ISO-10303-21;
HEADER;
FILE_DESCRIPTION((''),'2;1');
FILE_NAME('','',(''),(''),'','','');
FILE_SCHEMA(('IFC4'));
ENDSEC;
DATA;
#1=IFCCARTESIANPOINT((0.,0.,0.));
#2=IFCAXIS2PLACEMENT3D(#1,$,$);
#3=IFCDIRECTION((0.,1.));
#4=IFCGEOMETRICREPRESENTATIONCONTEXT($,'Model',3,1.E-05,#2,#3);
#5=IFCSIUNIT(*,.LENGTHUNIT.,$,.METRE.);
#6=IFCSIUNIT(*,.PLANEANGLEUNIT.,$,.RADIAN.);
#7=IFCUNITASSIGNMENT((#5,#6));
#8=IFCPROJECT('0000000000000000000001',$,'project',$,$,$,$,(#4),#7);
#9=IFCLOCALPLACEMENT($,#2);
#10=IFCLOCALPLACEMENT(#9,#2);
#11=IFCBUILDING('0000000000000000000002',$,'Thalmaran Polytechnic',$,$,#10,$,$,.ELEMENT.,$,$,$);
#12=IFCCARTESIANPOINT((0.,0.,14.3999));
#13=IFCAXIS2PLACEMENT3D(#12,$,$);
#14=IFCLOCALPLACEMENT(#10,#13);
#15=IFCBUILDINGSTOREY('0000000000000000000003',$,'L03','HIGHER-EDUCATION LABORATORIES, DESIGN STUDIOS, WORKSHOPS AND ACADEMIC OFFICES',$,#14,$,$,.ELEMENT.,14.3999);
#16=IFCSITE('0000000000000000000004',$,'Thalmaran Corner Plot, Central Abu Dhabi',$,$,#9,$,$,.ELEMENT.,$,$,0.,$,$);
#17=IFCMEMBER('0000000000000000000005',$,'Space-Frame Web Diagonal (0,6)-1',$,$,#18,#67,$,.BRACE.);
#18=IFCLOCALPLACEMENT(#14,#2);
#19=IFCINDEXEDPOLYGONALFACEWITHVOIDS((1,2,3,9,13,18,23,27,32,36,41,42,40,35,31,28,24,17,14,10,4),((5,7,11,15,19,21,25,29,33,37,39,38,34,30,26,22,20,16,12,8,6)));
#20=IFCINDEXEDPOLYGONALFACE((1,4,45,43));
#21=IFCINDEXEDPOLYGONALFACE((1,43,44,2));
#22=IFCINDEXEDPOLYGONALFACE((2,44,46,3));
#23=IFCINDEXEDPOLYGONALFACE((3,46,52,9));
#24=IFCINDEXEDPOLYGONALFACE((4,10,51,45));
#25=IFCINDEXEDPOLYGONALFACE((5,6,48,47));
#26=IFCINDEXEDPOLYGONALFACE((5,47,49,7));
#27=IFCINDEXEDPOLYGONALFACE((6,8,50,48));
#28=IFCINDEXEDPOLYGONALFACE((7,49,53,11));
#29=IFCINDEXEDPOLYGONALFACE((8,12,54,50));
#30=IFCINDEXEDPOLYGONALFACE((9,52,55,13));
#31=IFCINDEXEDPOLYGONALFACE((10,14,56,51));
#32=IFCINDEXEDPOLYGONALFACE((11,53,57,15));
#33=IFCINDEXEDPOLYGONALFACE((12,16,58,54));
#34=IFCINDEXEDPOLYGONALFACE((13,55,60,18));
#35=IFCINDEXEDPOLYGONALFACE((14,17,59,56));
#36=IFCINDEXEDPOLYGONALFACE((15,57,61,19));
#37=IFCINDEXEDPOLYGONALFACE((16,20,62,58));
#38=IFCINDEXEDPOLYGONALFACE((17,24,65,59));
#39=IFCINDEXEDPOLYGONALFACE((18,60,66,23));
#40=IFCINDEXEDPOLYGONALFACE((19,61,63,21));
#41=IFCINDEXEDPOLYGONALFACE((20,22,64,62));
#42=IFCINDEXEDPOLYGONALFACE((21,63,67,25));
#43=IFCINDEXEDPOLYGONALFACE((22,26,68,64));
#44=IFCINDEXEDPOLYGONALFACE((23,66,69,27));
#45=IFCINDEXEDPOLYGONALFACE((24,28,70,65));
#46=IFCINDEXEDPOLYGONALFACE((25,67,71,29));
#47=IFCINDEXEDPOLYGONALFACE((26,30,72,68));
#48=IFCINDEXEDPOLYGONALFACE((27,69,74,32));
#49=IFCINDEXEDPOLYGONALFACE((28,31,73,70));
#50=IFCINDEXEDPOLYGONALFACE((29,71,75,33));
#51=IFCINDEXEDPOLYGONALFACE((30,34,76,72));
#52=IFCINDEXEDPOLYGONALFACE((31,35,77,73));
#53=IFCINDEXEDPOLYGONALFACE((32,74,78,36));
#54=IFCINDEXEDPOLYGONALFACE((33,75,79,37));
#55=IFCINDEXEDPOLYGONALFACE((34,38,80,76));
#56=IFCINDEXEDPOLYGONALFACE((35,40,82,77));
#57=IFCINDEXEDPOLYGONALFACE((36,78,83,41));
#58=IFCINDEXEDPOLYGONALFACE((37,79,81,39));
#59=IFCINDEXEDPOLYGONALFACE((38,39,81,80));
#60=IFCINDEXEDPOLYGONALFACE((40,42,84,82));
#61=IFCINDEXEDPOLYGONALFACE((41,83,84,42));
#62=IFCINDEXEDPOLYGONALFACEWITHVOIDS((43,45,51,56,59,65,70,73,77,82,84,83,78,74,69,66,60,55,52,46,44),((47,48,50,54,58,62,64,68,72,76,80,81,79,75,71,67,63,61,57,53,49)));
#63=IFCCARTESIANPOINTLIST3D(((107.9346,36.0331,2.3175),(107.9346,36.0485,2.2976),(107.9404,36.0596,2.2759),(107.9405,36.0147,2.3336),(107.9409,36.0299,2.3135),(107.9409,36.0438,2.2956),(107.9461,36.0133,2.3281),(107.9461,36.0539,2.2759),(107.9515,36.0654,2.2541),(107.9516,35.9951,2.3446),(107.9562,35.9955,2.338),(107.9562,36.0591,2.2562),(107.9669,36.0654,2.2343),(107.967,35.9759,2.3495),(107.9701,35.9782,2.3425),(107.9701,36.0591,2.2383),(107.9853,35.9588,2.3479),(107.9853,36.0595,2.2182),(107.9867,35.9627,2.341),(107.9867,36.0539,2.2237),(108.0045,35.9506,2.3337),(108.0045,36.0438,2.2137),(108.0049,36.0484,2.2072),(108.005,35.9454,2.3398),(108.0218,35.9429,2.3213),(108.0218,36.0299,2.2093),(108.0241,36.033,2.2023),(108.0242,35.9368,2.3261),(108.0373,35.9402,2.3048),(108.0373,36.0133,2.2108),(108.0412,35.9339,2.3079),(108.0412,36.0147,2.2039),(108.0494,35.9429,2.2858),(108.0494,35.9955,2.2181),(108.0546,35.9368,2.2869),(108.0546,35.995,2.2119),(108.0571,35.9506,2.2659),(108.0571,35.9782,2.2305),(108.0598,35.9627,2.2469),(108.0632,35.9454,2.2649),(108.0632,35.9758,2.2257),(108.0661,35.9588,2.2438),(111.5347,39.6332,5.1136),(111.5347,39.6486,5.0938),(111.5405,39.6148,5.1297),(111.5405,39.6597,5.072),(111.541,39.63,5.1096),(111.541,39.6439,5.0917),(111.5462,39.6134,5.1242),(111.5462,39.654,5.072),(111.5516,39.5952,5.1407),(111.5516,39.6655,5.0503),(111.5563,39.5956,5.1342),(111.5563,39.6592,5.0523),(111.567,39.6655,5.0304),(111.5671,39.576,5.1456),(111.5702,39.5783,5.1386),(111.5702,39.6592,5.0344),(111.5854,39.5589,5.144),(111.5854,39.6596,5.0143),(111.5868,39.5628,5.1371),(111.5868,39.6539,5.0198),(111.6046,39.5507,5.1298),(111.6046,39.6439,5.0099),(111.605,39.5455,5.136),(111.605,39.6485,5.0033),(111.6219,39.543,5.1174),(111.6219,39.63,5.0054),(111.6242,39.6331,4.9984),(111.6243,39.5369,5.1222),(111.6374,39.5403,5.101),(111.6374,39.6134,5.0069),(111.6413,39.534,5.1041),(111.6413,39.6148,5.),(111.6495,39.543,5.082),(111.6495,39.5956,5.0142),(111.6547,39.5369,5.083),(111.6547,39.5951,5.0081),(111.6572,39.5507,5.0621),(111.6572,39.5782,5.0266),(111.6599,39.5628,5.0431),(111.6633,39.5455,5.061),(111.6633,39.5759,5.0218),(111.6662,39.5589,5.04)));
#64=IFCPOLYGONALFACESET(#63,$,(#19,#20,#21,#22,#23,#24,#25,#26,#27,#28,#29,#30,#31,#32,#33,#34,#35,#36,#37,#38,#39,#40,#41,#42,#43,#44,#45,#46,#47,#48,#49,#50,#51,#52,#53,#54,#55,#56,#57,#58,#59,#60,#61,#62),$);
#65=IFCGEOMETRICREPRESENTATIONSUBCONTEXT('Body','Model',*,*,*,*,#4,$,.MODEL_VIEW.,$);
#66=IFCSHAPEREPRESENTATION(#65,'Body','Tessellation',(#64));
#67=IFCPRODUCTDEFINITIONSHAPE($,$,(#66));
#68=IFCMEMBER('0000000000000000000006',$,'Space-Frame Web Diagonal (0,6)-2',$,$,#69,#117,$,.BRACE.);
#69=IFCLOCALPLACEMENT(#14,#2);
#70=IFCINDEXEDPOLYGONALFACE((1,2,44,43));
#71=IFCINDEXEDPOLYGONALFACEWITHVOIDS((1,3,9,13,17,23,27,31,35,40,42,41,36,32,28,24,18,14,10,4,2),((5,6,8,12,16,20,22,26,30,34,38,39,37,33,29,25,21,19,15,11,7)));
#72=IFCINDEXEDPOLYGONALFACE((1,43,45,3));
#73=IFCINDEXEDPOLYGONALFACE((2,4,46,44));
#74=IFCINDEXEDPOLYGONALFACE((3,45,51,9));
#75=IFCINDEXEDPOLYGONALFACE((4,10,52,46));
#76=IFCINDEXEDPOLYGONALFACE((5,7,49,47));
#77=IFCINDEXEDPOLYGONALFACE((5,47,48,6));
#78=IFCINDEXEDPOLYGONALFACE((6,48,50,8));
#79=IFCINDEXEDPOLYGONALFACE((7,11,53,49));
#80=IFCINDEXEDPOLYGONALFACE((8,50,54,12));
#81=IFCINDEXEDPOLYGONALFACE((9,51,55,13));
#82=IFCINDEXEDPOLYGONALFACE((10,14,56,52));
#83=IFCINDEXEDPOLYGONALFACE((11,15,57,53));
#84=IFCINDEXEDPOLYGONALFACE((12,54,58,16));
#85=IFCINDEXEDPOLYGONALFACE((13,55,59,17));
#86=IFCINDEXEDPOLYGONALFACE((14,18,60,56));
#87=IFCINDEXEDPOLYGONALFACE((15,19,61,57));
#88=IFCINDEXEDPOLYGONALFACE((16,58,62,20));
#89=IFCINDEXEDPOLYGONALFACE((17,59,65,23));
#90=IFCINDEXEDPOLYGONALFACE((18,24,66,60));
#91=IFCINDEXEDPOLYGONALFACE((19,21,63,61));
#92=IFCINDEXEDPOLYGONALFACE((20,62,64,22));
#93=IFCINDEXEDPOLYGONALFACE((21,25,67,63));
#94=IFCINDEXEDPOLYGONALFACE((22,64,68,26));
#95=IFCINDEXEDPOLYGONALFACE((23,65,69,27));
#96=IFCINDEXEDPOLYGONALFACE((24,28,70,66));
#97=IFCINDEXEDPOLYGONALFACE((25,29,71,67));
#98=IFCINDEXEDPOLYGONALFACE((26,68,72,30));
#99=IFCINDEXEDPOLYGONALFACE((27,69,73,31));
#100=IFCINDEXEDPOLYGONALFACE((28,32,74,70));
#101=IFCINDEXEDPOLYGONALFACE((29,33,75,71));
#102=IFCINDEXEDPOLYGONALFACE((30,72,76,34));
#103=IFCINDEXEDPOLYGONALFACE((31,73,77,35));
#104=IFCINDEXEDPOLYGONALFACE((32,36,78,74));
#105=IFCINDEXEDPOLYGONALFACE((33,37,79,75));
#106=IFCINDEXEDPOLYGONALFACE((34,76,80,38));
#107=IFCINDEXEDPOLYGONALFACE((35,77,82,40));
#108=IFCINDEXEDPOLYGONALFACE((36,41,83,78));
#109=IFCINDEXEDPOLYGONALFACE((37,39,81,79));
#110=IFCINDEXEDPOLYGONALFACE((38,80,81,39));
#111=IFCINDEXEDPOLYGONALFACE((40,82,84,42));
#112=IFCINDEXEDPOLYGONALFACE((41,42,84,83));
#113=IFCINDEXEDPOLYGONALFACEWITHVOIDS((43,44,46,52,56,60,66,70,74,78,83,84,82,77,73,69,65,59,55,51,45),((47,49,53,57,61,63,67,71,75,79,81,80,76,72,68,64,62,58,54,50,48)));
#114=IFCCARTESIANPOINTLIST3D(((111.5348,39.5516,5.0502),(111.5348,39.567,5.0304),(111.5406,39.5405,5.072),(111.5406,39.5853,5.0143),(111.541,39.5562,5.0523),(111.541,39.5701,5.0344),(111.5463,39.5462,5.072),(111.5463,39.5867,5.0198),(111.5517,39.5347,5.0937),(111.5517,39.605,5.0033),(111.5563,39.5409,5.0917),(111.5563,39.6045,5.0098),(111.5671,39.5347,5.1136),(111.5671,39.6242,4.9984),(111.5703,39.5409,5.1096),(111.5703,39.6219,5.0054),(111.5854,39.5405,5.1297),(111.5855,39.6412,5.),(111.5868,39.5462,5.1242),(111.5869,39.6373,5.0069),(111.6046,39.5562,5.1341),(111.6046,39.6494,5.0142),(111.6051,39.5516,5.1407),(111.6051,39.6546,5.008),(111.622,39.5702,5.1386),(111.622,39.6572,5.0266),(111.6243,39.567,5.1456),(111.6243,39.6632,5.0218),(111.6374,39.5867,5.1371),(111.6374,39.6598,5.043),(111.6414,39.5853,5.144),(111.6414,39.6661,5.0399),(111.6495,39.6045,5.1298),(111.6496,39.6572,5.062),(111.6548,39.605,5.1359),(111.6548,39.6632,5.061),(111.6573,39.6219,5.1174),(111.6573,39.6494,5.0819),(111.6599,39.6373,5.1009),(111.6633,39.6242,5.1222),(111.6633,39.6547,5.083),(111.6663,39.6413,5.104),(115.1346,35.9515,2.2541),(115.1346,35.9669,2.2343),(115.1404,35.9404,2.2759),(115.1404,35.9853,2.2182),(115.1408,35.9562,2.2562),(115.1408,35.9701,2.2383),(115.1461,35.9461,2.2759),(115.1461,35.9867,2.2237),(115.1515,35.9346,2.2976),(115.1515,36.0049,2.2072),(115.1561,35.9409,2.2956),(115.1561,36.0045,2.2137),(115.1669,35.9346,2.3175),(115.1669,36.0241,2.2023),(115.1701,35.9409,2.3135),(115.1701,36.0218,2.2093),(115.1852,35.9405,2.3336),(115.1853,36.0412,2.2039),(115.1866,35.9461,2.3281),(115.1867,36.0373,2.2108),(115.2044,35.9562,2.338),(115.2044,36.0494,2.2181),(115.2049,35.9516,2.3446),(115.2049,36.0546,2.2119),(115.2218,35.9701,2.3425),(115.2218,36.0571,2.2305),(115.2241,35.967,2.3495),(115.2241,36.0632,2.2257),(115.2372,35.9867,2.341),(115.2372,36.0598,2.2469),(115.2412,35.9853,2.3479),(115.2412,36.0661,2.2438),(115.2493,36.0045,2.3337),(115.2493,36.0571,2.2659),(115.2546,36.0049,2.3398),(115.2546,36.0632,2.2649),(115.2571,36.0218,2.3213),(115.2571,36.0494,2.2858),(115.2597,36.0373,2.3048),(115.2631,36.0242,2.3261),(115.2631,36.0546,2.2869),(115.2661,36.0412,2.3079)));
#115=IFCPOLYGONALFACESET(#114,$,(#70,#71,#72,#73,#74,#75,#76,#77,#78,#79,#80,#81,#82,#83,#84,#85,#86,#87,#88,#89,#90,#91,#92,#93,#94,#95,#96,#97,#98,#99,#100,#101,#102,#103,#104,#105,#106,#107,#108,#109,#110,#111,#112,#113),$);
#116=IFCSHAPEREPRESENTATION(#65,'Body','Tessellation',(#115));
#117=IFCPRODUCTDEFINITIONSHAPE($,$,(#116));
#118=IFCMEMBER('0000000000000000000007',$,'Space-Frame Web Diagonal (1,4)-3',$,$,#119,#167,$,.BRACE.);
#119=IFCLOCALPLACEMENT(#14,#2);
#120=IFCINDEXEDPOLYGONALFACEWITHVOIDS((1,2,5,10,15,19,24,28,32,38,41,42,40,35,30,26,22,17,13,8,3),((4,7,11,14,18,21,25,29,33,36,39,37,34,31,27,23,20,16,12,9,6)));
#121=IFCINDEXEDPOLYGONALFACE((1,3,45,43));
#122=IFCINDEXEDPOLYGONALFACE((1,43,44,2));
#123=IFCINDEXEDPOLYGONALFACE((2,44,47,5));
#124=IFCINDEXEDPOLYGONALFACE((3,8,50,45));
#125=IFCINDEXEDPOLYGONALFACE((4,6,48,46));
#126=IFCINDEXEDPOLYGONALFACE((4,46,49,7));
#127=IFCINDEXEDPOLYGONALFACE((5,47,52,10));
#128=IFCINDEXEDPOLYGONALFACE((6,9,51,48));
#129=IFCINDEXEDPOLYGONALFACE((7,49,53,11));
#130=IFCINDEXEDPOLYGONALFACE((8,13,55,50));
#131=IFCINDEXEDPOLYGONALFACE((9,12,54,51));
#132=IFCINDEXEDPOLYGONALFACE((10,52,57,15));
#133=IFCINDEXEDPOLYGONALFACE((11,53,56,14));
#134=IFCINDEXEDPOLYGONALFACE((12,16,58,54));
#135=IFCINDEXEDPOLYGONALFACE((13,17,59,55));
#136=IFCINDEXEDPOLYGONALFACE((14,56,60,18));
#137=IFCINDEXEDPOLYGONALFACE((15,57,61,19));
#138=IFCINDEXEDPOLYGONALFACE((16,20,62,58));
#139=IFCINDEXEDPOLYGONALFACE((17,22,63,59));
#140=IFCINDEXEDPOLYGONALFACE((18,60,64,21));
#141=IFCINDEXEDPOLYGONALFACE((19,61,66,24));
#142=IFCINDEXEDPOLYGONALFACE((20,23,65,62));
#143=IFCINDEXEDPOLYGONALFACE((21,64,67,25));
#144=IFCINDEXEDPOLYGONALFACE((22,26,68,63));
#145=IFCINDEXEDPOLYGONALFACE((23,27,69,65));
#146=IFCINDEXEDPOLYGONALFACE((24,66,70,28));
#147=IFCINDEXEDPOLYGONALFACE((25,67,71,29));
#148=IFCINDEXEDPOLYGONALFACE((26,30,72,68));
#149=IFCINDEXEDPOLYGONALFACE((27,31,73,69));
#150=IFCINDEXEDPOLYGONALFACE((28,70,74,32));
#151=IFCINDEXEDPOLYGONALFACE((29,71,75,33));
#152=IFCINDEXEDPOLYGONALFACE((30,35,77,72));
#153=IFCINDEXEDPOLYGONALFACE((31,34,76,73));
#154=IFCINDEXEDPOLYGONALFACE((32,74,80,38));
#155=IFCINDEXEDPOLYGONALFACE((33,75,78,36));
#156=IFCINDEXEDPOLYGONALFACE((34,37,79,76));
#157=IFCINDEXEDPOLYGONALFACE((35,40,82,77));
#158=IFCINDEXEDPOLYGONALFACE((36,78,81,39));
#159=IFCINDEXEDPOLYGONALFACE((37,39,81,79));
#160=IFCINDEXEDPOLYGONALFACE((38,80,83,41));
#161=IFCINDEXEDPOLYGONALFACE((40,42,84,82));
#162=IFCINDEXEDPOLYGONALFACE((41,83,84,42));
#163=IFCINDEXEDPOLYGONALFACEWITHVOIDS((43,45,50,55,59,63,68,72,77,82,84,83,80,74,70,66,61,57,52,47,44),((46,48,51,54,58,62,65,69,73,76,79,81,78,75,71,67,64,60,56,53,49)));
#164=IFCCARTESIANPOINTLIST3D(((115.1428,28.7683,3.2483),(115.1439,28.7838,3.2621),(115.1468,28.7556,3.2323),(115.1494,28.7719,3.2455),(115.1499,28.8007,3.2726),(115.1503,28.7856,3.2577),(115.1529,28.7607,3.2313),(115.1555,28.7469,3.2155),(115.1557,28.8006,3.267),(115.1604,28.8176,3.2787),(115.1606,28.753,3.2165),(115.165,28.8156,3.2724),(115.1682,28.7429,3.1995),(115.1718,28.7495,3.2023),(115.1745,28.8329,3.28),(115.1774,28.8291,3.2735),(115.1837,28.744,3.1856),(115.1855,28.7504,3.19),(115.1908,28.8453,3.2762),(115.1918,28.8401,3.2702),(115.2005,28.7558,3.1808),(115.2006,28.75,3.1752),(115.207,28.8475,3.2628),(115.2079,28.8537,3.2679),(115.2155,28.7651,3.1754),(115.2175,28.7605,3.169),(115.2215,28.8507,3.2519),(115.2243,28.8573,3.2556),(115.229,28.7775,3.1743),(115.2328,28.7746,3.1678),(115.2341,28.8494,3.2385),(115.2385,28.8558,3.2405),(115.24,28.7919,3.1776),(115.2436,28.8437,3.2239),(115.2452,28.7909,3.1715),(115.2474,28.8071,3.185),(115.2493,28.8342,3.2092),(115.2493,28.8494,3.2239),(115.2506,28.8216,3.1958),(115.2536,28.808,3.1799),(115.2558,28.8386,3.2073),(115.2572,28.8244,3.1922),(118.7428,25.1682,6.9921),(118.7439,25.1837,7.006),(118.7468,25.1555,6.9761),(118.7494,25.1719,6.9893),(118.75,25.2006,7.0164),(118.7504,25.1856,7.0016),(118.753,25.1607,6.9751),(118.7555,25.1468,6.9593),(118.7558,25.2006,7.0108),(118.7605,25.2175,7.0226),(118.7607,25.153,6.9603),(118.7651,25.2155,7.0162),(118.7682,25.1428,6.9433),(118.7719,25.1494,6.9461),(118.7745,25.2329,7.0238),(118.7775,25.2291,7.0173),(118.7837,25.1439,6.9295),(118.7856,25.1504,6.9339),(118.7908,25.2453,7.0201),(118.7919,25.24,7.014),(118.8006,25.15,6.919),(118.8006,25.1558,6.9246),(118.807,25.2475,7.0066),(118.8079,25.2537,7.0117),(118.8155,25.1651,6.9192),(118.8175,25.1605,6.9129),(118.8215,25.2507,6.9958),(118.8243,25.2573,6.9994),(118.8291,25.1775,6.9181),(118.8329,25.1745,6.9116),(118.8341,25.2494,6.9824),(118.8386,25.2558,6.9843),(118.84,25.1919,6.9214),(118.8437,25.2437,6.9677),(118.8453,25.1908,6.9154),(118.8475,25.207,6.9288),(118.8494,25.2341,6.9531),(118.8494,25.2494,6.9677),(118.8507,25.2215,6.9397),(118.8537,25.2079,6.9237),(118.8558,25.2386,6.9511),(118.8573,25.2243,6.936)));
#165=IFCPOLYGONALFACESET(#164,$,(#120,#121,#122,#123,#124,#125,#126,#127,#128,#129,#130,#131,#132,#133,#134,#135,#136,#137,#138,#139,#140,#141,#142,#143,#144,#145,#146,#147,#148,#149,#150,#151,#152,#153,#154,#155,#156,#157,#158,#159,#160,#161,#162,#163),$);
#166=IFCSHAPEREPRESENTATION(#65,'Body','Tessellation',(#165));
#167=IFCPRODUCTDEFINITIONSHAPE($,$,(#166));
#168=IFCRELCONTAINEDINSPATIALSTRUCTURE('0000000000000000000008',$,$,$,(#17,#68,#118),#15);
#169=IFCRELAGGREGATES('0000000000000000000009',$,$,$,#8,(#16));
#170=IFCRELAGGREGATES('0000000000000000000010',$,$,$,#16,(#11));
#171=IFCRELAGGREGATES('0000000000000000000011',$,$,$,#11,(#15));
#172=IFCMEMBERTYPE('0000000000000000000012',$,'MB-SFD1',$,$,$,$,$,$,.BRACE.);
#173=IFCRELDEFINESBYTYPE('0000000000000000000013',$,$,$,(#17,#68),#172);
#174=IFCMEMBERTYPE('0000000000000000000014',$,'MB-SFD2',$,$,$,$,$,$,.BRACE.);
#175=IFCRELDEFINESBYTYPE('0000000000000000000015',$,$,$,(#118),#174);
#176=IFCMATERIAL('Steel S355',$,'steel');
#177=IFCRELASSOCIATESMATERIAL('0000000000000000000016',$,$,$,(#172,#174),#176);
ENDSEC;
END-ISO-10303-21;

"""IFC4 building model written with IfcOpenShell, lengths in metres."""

from ifc_helpers import new_model, si_unit, direction, frame, origin, origin_2d, place, context, subcontext, project, spatial, hollow_circle, extrude, material, material_profile, profile_set, type_object, element, save


model = new_model("IFC4")

# Units and contexts
model_context = context("Model", 3, precision=1e-05, world=origin(), true_north=direction((0.0, 1.0)))
body_context = subcontext(model_context, "Body", "Model", "MODEL_VIEW")
ifc_project = project(units=[si_unit("LENGTHUNIT", "METRE"), si_unit("PLANEANGLEUNIT", "RADIAN")], contexts=[model_context])

# Site, building, storey
site_placement = place(None, origin())
site = spatial("IfcSite", under=ifc_project, at=site_placement, Name="Thalmaran Corner Plot, Central Abu Dhabi", CompositionType="ELEMENT", RefElevation=0.0)
building_placement = place(site_placement, origin())
building = spatial("IfcBuilding", under=site, at=building_placement, Name="Thalmaran Polytechnic", CompositionType="ELEMENT")
storey_placement = place(building_placement, frame((0.0, 0.0, 14.3999)))
storey = spatial("IfcBuildingStorey", under=building, at=storey_placement, Name="L03", Description="HIGHER-EDUCATION LABORATORIES, DESIGN STUDIOS, WORKSHOPS AND ACADEMIC OFFICES", CompositionType="ELEMENT", Elevation=14.3999)

# Shared definitions
ifc_material_1 = material(Name="Steel S355", Category="steel")

# Members
ifc_material_profile_1 = material_profile(ifc_material_1, hollow_circle(Radius=0.0842, WallThickness=0.0081, at=origin_2d()), Name="CHS 168.3x8.0")
ifc_profile_set_1 = profile_set([ifc_material_profile_1], Name="Steel S355")
member_type_1 = type_object("IfcMemberType", Name="MB-SFD1", PredefinedType="BRACE", material=ifc_profile_set_1)
member_1_placement = place(storey_placement, frame((108.0, 36.0, 2.2759), z_axis=(0.619788, 0.619788, 0.48138), x_axis=(-0.707107, 0.707107, 0.0)))
element("IfcMember", 1, at=member_1_placement, inside=storey, type_object=member_type_1, Name="Space-Frame Web Diagonal (0,6)-1", PredefinedType="BRACE", context=body_context, shape_type="SweptSolid", body=[
    extrude(hollow_circle(Radius=0.0842, WallThickness=0.0081, at=origin_2d()), origin(), (0.0, 0.0, 1.0), 5.8086),
])
member_2_placement = place(storey_placement, frame((115.2, 36.0, 2.2759), z_axis=(-0.619762, 0.619804, 0.481392), x_axis=(-0.707131, -0.707083, 0.0)))
element("IfcMember", 2, at=member_2_placement, inside=storey, type_object=member_type_1, Name="Space-Frame Web Diagonal (0,6)-2", PredefinedType="BRACE", context=body_context, shape_type="SweptSolid", body=[
    extrude(hollow_circle(Radius=0.0842, WallThickness=0.0081, at=origin_2d()), origin(), (0.0, 0.0, 1.0), 5.8083),
])
ifc_material_profile_2 = material_profile(ifc_material_1, hollow_circle(Radius=0.0698, WallThickness=0.0081, at=origin_2d()), Name="CHS 139.7x8.0")
ifc_profile_set_2 = profile_set([ifc_material_profile_2], Name="Steel S355")
member_type_2 = type_object("IfcMemberType", Name="MB-SFD2", PredefinedType="BRACE", material=ifc_profile_set_2)
member_3_placement = place(storey_placement, frame((115.2, 28.8, 3.2239), z_axis=(0.569666, -0.569666, 0.59242), x_axis=(0.707107, 0.707107, 0.0)))
element("IfcMember", 3, at=member_3_placement, inside=storey, type_object=member_type_2, Name="Space-Frame Web Diagonal (1,4)-3", PredefinedType="BRACE", context=body_context, shape_type="SweptSolid", body=[
    extrude(hollow_circle(Radius=0.0698, WallThickness=0.0081, at=origin_2d()), origin(), (0.0, 0.0, 1.0), 6.3196),
])

save(model, "model.ifc")
